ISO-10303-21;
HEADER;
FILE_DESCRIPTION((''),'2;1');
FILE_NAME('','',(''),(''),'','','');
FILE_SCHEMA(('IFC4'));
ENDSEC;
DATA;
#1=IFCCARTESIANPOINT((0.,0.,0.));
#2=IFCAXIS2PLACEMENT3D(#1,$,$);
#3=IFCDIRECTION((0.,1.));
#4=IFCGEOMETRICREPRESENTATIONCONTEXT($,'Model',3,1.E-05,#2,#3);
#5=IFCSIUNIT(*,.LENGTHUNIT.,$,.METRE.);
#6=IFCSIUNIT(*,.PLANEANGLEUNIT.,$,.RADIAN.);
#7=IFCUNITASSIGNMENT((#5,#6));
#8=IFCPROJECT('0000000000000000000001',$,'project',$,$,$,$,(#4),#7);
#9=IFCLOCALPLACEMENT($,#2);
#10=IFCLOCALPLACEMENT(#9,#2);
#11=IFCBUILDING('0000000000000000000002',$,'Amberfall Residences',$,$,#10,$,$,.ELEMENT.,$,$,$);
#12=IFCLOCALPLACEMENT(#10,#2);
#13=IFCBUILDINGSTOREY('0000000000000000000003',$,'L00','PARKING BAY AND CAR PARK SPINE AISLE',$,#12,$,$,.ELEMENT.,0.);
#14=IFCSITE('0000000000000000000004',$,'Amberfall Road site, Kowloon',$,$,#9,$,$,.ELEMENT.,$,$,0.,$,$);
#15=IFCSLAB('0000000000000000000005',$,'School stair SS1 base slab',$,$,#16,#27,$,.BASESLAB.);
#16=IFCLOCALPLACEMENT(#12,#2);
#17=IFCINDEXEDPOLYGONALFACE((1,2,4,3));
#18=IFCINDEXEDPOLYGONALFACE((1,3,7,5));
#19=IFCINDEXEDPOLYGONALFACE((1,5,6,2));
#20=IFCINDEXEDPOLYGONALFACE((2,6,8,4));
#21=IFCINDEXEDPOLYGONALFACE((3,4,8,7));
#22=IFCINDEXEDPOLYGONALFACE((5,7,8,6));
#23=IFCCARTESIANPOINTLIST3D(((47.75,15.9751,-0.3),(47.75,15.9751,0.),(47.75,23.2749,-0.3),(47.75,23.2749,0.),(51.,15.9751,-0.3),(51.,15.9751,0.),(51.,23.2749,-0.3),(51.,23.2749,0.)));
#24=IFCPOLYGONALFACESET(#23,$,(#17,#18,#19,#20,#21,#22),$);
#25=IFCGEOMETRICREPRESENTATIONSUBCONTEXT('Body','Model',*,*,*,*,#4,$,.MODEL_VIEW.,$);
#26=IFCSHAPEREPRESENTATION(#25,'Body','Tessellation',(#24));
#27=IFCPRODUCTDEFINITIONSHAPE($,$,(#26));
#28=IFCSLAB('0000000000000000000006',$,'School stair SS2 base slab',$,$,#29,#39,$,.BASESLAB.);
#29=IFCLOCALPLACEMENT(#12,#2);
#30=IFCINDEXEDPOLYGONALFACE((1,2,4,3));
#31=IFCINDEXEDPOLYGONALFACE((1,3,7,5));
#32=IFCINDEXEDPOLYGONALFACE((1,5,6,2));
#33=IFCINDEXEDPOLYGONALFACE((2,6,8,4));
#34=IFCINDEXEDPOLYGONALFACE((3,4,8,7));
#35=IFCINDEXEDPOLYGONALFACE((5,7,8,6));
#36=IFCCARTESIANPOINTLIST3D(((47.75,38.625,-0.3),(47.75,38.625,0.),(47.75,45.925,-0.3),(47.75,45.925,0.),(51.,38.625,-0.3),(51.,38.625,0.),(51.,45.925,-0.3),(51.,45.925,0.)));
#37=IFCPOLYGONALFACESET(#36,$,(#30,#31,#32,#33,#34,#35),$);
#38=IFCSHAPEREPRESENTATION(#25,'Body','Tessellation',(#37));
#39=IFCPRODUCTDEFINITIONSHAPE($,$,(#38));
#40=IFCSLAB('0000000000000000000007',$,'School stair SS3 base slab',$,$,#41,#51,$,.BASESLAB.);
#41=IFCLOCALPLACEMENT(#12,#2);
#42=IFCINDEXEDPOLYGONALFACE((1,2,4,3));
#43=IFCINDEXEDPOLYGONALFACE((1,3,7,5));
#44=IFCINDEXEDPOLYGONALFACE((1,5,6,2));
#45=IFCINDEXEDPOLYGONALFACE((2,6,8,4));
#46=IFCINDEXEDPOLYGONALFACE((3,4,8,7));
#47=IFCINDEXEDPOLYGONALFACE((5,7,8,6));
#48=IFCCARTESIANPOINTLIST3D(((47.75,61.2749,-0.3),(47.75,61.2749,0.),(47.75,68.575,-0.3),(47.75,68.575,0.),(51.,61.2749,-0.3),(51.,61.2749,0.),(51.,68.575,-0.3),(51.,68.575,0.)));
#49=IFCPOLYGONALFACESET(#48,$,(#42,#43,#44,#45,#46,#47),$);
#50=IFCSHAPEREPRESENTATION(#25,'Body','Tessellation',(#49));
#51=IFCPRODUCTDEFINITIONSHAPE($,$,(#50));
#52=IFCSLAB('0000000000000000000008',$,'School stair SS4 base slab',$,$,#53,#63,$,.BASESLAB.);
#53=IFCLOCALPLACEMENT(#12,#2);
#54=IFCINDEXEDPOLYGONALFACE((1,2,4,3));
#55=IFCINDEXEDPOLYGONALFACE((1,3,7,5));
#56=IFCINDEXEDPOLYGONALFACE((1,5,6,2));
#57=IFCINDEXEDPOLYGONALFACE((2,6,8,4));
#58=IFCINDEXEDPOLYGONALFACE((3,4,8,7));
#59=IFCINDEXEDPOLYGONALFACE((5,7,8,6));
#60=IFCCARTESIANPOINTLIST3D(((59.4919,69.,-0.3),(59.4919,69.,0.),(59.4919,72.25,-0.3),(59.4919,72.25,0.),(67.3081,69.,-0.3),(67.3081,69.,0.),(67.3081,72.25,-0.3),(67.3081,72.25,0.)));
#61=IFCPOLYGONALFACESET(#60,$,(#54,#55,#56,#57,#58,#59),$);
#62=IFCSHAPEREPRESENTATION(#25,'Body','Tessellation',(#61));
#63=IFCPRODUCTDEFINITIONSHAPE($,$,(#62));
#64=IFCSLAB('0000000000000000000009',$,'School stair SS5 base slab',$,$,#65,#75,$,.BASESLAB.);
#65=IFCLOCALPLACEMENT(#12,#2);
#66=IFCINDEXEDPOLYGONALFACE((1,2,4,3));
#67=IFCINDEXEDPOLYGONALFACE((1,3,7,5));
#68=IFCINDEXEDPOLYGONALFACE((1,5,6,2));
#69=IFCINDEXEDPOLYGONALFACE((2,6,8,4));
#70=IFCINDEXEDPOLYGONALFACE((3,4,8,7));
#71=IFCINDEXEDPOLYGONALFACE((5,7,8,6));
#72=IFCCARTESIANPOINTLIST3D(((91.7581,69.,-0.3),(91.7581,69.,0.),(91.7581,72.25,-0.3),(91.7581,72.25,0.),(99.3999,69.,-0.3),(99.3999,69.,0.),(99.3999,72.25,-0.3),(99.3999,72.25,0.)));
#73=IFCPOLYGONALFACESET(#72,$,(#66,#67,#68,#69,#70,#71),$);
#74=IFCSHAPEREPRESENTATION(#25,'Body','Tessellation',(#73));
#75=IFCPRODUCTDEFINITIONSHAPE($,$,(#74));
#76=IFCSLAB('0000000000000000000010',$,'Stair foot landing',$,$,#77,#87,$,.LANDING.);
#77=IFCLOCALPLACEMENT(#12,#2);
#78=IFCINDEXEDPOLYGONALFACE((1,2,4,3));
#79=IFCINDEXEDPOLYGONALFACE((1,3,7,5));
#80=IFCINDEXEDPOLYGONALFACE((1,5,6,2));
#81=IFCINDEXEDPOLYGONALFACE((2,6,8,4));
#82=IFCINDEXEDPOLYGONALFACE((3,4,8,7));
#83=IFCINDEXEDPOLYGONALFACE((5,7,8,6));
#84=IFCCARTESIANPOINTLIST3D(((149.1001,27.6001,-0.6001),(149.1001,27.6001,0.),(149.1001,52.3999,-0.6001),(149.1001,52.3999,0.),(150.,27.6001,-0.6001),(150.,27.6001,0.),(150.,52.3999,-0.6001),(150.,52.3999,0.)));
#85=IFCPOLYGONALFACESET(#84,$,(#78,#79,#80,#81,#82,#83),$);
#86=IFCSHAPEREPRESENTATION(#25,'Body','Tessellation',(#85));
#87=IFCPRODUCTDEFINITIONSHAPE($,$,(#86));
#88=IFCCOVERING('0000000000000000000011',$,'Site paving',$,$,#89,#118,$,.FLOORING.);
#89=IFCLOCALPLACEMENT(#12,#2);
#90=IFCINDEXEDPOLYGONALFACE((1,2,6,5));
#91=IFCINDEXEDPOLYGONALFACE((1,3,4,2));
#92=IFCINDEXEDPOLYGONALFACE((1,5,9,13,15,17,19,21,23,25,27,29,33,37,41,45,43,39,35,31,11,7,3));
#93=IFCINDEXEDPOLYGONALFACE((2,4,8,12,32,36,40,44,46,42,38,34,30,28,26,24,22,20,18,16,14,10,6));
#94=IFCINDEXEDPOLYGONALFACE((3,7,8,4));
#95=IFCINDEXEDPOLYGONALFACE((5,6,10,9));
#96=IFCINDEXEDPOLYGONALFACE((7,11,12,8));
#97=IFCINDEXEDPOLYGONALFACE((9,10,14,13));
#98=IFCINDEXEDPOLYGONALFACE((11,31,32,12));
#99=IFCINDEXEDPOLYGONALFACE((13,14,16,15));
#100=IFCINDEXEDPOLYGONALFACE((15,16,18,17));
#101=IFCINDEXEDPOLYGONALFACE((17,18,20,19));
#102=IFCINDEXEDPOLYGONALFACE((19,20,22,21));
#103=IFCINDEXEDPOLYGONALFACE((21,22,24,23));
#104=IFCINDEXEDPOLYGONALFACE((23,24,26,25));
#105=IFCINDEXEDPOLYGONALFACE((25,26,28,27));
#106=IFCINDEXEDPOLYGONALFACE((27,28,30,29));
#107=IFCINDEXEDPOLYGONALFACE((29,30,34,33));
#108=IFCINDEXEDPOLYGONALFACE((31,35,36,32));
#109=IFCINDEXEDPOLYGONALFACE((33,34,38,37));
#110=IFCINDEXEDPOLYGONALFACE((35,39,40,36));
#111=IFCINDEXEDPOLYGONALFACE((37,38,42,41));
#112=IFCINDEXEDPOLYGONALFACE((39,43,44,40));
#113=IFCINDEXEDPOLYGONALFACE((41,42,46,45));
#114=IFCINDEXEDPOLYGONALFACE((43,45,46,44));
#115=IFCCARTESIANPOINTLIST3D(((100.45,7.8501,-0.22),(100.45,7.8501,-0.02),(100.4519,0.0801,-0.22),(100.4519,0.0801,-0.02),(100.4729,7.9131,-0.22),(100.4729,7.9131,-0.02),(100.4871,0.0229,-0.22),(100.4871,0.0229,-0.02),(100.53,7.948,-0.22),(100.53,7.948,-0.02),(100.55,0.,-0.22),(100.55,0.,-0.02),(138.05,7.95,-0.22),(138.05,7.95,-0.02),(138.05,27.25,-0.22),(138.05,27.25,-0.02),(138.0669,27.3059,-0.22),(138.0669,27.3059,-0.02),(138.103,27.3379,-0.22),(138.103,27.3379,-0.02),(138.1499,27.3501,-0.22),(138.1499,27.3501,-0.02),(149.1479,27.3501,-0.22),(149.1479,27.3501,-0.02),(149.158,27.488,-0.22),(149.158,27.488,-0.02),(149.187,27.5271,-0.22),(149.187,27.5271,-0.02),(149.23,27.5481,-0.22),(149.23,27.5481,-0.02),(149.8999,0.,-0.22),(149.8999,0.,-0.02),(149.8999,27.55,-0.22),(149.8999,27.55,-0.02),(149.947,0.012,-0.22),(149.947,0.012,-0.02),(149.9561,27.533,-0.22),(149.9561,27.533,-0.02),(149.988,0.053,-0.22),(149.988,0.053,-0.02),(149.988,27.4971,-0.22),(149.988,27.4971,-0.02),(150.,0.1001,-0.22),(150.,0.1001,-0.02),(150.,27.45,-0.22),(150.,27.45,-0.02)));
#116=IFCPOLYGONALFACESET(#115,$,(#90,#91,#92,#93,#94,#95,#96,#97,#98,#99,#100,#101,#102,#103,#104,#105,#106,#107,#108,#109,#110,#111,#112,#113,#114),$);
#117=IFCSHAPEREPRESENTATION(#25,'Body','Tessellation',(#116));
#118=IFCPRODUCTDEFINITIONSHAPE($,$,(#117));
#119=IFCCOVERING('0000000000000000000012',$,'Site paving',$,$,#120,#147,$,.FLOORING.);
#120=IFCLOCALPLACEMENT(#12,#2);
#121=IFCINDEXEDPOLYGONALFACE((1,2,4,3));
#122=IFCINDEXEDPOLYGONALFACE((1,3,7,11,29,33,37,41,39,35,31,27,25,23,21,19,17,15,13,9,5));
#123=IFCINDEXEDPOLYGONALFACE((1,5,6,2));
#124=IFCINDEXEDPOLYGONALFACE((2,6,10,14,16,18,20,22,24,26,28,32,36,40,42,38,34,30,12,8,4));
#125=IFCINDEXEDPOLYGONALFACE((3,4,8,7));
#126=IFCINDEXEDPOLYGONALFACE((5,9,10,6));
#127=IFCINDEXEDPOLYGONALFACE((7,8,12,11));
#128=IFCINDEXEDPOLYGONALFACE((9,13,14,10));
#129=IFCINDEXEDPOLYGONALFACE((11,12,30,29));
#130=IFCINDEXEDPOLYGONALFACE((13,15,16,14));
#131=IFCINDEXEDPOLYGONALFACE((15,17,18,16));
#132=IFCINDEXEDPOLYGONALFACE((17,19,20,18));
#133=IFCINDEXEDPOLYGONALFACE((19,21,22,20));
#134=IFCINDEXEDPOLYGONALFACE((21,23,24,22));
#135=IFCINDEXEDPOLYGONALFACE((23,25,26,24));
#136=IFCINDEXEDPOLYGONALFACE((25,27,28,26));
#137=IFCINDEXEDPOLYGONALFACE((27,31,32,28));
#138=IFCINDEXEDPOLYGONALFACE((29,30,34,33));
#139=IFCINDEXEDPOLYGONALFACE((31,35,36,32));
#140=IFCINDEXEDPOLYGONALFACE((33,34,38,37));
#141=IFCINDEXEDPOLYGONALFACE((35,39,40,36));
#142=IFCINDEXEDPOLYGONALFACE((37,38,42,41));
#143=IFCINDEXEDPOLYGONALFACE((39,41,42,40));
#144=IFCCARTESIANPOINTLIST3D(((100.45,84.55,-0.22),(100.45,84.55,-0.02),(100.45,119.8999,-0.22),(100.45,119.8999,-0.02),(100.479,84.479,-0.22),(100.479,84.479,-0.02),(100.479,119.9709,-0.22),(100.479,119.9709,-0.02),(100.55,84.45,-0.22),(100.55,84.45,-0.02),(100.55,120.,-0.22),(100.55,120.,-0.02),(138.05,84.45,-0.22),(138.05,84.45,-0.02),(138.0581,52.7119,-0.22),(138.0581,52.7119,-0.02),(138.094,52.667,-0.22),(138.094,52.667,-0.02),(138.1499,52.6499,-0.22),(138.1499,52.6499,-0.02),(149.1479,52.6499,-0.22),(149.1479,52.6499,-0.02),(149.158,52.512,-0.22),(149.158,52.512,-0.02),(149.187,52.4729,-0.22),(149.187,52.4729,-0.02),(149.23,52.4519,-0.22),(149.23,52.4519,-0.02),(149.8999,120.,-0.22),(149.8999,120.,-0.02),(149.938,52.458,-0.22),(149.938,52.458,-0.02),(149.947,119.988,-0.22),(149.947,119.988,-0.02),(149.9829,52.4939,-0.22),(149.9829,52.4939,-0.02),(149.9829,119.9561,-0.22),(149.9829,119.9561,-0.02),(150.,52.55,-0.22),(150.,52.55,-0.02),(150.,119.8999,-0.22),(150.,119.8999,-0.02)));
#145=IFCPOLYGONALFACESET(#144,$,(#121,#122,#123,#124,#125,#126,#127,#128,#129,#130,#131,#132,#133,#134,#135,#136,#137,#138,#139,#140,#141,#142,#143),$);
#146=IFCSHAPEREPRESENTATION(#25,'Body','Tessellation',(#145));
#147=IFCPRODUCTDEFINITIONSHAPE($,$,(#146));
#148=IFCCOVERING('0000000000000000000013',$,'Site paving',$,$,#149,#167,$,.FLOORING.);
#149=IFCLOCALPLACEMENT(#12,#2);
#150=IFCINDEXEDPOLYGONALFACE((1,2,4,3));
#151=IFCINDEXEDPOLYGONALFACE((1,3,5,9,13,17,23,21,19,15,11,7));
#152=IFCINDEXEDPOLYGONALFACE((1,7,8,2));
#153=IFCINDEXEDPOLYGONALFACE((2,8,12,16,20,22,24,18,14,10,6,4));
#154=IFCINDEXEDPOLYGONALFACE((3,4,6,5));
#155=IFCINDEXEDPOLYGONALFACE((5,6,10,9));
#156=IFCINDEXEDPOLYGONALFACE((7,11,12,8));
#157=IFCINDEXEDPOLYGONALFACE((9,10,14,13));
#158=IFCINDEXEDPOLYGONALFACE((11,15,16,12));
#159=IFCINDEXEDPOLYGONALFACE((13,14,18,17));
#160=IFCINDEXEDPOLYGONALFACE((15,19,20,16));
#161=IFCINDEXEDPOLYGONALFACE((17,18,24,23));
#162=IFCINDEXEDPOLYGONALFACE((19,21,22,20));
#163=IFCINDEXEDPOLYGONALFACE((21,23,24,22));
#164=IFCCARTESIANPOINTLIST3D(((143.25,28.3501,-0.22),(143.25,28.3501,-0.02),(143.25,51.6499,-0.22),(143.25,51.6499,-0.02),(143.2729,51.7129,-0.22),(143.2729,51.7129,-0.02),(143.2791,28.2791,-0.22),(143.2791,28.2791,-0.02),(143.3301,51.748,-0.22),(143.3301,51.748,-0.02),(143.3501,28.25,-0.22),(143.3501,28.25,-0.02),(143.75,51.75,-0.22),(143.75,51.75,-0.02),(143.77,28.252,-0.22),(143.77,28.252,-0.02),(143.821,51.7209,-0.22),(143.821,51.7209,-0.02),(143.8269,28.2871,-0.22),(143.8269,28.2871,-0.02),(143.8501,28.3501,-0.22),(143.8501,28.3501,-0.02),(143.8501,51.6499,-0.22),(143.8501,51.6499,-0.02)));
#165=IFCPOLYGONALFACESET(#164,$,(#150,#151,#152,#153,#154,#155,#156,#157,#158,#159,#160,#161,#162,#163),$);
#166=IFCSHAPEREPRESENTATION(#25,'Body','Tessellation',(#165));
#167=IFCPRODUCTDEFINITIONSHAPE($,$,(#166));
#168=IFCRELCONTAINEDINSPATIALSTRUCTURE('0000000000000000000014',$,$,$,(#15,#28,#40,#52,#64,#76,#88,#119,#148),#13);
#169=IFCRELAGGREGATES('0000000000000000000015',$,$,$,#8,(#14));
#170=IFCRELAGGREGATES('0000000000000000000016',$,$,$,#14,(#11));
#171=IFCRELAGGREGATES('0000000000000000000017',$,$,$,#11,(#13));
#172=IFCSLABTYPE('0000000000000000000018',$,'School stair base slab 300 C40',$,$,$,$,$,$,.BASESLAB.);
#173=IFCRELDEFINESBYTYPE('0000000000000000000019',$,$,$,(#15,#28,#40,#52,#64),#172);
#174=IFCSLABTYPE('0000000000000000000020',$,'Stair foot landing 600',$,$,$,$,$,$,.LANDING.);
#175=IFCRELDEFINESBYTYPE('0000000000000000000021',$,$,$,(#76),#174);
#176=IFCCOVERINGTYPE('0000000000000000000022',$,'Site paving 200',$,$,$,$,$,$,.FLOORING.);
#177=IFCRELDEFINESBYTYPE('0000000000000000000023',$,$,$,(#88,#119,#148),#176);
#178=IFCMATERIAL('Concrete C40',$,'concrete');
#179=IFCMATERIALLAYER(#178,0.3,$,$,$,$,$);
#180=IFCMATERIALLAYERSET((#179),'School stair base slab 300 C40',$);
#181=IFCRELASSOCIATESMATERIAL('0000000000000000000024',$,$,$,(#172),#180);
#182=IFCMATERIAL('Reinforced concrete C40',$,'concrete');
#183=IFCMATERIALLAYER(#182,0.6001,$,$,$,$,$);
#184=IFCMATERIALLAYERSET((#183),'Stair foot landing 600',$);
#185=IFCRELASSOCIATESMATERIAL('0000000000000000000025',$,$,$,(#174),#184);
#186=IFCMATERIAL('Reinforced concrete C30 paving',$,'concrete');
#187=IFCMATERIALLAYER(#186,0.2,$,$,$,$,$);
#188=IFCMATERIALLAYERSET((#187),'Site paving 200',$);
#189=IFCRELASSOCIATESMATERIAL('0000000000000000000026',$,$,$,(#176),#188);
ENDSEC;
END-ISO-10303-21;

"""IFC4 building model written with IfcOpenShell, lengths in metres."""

from ifc_helpers import new_model, si_unit, direction, frame, origin, place, context, subcontext, project, spatial, polyline, outline, extrude, material, layer, layer_set, type_object, element, save


model = new_model("IFC4")

# Units and contexts
model_context = context("Model", 3, precision=1e-05, world=origin(), true_north=direction((0.0, 1.0)))
body_context = subcontext(model_context, "Body", "Model", "MODEL_VIEW")
ifc_project = project(units=[si_unit("LENGTHUNIT", "METRE"), si_unit("PLANEANGLEUNIT", "RADIAN")], contexts=[model_context])

# Site, building, storey
site_placement = place(None, origin())
site = spatial("IfcSite", under=ifc_project, at=site_placement, Name="Amberfall Road site, Kowloon", CompositionType="ELEMENT", RefElevation=0.0)
building_placement = place(site_placement, origin())
building = spatial("IfcBuilding", under=site, at=building_placement, Name="Amberfall Residences", CompositionType="ELEMENT")
storey_placement = place(building_placement, origin())
storey = spatial("IfcBuildingStorey", under=building, at=storey_placement, Name="L00", Description="PARKING BAY AND CAR PARK SPINE AISLE", CompositionType="ELEMENT", Elevation=0.0)

# Shared definitions
ifc_material_1 = material(Name="Concrete C40", Category="concrete")

# Slabs
ifc_layer_1 = layer(ifc_material_1, 0.3)
ifc_layer_set_1 = layer_set([ifc_layer_1], Name="School stair base slab 300 C40")
slab_type_1 = type_object("IfcSlabType", Name="School stair base slab 300 C40", PredefinedType="BASESLAB", material=ifc_layer_set_1)
slab_1_placement = place(storey_placement, frame((0.0, 0.0, -0.3)))
element("IfcSlab", 1, at=slab_1_placement, inside=storey, type_object=slab_type_1, Name="School stair SS1 base slab", PredefinedType="BASESLAB", context=body_context, shape_type="SweptSolid", body=[
    extrude(outline(polyline([(47.75, 15.9751), (51.0, 15.9751), (51.0, 23.2749), (47.75, 23.2749), (47.75, 15.9751)])), origin(), (0.0, 0.0, 1.0), 0.3),
])
slab_2_placement = place(storey_placement, frame((0.0, 0.0, -0.3)))
element("IfcSlab", 2, at=slab_2_placement, inside=storey, type_object=slab_type_1, Name="School stair SS2 base slab", PredefinedType="BASESLAB", context=body_context, shape_type="SweptSolid", body=[
    extrude(outline(polyline([(47.75, 38.625), (51.0, 38.625), (51.0, 45.925), (47.75, 45.925), (47.75, 38.625)])), origin(), (0.0, 0.0, 1.0), 0.3),
])
slab_3_placement = place(storey_placement, frame((0.0, 0.0, -0.3)))
element("IfcSlab", 3, at=slab_3_placement, inside=storey, type_object=slab_type_1, Name="School stair SS3 base slab", PredefinedType="BASESLAB", context=body_context, shape_type="SweptSolid", body=[
    extrude(outline(polyline([(47.75, 61.2749), (51.0, 61.2749), (51.0, 68.575), (47.75, 68.575), (47.75, 61.2749)])), origin(), (0.0, 0.0, 1.0), 0.3),
])
slab_4_placement = place(storey_placement, frame((0.0, 0.0, -0.3)))
element("IfcSlab", 4, at=slab_4_placement, inside=storey, type_object=slab_type_1, Name="School stair SS4 base slab", PredefinedType="BASESLAB", context=body_context, shape_type="SweptSolid", body=[
    extrude(outline(polyline([(59.4919, 69.0), (67.3081, 69.0), (67.3081, 72.25), (59.4919, 72.25), (59.4919, 69.0)])), origin(), (0.0, 0.0, 1.0), 0.3),
])
slab_5_placement = place(storey_placement, frame((0.0, 0.0, -0.3)))
element("IfcSlab", 5, at=slab_5_placement, inside=storey, type_object=slab_type_1, Name="School stair SS5 base slab", PredefinedType="BASESLAB", context=body_context, shape_type="SweptSolid", body=[
    extrude(outline(polyline([(91.7581, 69.0), (99.3999, 69.0), (99.3999, 72.25), (91.7581, 72.25), (91.7581, 69.0)])), origin(), (0.0, 0.0, 1.0), 0.3),
])
ifc_material_2 = material(Name="Reinforced concrete C40", Category="concrete")
ifc_layer_2 = layer(ifc_material_2, 0.6001)
ifc_layer_set_2 = layer_set([ifc_layer_2], Name="Stair foot landing 600")
slab_type_2 = type_object("IfcSlabType", Name="Stair foot landing 600", PredefinedType="LANDING", material=ifc_layer_set_2)
slab_6_placement = place(storey_placement, frame((0.0, 0.0, -0.6001)))
element("IfcSlab", 6, at=slab_6_placement, inside=storey, type_object=slab_type_2, Name="Stair foot landing", PredefinedType="LANDING", context=body_context, shape_type="SweptSolid", body=[
    extrude(outline(polyline([(149.1001, 27.6001), (150.0, 27.6001), (150.0, 52.3999), (149.1001, 52.3999), (149.1001, 27.6001)])), origin(), (0.0, 0.0, 1.0), 0.6001),
])

# Coverings
ifc_material_3 = material(Name="Reinforced concrete C30 paving", Category="concrete")
ifc_layer_3 = layer(ifc_material_3, 0.2)
ifc_layer_set_3 = layer_set([ifc_layer_3], Name="Site paving 200")
covering_type = type_object("IfcCoveringType", Name="Site paving 200", PredefinedType="FLOORING", material=ifc_layer_set_3)
covering_1_placement = place(storey_placement, frame((0.0, 0.0, -0.22)))
element("IfcCovering", 7, at=covering_1_placement, inside=storey, type_object=covering_type, Name="Site paving", PredefinedType="FLOORING", context=body_context, shape_type="SweptSolid", body=[
    extrude(outline(polyline([(138.05, 7.95), (138.05, 27.25), (138.0669, 27.3059), (138.103, 27.3379), (138.1499, 27.3501), (149.1479, 27.3501), (149.158, 27.488), (149.187, 27.5271), (149.23, 27.5481), (149.8999, 27.55), (149.9561, 27.533), (149.988, 27.4971), (150.0, 27.45), (150.0, 0.1001), (149.988, 0.053), (149.947, 0.012), (149.8999, 0.0), (100.55, 0.0), (100.4871, 0.0229), (100.4519, 0.0801), (100.45, 7.8501), (100.4729, 7.9131), (100.53, 7.948), (138.05, 7.95)])), origin(), (0.0, 0.0, 1.0), 0.2),
])
covering_2_placement = place(storey_placement, frame((0.0, 0.0, -0.22)))
element("IfcCovering", 8, at=covering_2_placement, inside=storey, type_object=covering_type, Name="Site paving", PredefinedType="FLOORING", context=body_context, shape_type="SweptSolid", body=[
    extrude(outline(polyline([(138.05, 84.45), (100.55, 84.45), (100.479, 84.479), (100.45, 84.55), (100.45, 119.8999), (100.479, 119.9709), (100.55, 120.0), (149.8999, 120.0), (149.947, 119.988), (149.9829, 119.9561), (150.0, 119.8999), (150.0, 52.55), (149.9829, 52.4939), (149.938, 52.458), (149.23, 52.4519), (149.187, 52.4729), (149.158, 52.512), (149.1479, 52.6499), (138.1499, 52.6499), (138.094, 52.667), (138.0581, 52.7119), (138.05, 84.45)])), origin(), (0.0, 0.0, 1.0), 0.2),
])
covering_3_placement = place(storey_placement, frame((0.0, 0.0, -0.22)))
element("IfcCovering", 9, at=covering_3_placement, inside=storey, type_object=covering_type, Name="Site paving", PredefinedType="FLOORING", context=body_context, shape_type="SweptSolid", body=[
    extrude(outline(polyline([(143.75, 51.75), (143.821, 51.7209), (143.8501, 51.6499), (143.8501, 28.3501), (143.8269, 28.2871), (143.77, 28.252), (143.3501, 28.25), (143.2791, 28.2791), (143.25, 28.3501), (143.25, 51.6499), (143.2729, 51.7129), (143.3301, 51.748), (143.75, 51.75)])), origin(), (0.0, 0.0, 1.0), 0.2),
])

save(model, "model.ifc")
